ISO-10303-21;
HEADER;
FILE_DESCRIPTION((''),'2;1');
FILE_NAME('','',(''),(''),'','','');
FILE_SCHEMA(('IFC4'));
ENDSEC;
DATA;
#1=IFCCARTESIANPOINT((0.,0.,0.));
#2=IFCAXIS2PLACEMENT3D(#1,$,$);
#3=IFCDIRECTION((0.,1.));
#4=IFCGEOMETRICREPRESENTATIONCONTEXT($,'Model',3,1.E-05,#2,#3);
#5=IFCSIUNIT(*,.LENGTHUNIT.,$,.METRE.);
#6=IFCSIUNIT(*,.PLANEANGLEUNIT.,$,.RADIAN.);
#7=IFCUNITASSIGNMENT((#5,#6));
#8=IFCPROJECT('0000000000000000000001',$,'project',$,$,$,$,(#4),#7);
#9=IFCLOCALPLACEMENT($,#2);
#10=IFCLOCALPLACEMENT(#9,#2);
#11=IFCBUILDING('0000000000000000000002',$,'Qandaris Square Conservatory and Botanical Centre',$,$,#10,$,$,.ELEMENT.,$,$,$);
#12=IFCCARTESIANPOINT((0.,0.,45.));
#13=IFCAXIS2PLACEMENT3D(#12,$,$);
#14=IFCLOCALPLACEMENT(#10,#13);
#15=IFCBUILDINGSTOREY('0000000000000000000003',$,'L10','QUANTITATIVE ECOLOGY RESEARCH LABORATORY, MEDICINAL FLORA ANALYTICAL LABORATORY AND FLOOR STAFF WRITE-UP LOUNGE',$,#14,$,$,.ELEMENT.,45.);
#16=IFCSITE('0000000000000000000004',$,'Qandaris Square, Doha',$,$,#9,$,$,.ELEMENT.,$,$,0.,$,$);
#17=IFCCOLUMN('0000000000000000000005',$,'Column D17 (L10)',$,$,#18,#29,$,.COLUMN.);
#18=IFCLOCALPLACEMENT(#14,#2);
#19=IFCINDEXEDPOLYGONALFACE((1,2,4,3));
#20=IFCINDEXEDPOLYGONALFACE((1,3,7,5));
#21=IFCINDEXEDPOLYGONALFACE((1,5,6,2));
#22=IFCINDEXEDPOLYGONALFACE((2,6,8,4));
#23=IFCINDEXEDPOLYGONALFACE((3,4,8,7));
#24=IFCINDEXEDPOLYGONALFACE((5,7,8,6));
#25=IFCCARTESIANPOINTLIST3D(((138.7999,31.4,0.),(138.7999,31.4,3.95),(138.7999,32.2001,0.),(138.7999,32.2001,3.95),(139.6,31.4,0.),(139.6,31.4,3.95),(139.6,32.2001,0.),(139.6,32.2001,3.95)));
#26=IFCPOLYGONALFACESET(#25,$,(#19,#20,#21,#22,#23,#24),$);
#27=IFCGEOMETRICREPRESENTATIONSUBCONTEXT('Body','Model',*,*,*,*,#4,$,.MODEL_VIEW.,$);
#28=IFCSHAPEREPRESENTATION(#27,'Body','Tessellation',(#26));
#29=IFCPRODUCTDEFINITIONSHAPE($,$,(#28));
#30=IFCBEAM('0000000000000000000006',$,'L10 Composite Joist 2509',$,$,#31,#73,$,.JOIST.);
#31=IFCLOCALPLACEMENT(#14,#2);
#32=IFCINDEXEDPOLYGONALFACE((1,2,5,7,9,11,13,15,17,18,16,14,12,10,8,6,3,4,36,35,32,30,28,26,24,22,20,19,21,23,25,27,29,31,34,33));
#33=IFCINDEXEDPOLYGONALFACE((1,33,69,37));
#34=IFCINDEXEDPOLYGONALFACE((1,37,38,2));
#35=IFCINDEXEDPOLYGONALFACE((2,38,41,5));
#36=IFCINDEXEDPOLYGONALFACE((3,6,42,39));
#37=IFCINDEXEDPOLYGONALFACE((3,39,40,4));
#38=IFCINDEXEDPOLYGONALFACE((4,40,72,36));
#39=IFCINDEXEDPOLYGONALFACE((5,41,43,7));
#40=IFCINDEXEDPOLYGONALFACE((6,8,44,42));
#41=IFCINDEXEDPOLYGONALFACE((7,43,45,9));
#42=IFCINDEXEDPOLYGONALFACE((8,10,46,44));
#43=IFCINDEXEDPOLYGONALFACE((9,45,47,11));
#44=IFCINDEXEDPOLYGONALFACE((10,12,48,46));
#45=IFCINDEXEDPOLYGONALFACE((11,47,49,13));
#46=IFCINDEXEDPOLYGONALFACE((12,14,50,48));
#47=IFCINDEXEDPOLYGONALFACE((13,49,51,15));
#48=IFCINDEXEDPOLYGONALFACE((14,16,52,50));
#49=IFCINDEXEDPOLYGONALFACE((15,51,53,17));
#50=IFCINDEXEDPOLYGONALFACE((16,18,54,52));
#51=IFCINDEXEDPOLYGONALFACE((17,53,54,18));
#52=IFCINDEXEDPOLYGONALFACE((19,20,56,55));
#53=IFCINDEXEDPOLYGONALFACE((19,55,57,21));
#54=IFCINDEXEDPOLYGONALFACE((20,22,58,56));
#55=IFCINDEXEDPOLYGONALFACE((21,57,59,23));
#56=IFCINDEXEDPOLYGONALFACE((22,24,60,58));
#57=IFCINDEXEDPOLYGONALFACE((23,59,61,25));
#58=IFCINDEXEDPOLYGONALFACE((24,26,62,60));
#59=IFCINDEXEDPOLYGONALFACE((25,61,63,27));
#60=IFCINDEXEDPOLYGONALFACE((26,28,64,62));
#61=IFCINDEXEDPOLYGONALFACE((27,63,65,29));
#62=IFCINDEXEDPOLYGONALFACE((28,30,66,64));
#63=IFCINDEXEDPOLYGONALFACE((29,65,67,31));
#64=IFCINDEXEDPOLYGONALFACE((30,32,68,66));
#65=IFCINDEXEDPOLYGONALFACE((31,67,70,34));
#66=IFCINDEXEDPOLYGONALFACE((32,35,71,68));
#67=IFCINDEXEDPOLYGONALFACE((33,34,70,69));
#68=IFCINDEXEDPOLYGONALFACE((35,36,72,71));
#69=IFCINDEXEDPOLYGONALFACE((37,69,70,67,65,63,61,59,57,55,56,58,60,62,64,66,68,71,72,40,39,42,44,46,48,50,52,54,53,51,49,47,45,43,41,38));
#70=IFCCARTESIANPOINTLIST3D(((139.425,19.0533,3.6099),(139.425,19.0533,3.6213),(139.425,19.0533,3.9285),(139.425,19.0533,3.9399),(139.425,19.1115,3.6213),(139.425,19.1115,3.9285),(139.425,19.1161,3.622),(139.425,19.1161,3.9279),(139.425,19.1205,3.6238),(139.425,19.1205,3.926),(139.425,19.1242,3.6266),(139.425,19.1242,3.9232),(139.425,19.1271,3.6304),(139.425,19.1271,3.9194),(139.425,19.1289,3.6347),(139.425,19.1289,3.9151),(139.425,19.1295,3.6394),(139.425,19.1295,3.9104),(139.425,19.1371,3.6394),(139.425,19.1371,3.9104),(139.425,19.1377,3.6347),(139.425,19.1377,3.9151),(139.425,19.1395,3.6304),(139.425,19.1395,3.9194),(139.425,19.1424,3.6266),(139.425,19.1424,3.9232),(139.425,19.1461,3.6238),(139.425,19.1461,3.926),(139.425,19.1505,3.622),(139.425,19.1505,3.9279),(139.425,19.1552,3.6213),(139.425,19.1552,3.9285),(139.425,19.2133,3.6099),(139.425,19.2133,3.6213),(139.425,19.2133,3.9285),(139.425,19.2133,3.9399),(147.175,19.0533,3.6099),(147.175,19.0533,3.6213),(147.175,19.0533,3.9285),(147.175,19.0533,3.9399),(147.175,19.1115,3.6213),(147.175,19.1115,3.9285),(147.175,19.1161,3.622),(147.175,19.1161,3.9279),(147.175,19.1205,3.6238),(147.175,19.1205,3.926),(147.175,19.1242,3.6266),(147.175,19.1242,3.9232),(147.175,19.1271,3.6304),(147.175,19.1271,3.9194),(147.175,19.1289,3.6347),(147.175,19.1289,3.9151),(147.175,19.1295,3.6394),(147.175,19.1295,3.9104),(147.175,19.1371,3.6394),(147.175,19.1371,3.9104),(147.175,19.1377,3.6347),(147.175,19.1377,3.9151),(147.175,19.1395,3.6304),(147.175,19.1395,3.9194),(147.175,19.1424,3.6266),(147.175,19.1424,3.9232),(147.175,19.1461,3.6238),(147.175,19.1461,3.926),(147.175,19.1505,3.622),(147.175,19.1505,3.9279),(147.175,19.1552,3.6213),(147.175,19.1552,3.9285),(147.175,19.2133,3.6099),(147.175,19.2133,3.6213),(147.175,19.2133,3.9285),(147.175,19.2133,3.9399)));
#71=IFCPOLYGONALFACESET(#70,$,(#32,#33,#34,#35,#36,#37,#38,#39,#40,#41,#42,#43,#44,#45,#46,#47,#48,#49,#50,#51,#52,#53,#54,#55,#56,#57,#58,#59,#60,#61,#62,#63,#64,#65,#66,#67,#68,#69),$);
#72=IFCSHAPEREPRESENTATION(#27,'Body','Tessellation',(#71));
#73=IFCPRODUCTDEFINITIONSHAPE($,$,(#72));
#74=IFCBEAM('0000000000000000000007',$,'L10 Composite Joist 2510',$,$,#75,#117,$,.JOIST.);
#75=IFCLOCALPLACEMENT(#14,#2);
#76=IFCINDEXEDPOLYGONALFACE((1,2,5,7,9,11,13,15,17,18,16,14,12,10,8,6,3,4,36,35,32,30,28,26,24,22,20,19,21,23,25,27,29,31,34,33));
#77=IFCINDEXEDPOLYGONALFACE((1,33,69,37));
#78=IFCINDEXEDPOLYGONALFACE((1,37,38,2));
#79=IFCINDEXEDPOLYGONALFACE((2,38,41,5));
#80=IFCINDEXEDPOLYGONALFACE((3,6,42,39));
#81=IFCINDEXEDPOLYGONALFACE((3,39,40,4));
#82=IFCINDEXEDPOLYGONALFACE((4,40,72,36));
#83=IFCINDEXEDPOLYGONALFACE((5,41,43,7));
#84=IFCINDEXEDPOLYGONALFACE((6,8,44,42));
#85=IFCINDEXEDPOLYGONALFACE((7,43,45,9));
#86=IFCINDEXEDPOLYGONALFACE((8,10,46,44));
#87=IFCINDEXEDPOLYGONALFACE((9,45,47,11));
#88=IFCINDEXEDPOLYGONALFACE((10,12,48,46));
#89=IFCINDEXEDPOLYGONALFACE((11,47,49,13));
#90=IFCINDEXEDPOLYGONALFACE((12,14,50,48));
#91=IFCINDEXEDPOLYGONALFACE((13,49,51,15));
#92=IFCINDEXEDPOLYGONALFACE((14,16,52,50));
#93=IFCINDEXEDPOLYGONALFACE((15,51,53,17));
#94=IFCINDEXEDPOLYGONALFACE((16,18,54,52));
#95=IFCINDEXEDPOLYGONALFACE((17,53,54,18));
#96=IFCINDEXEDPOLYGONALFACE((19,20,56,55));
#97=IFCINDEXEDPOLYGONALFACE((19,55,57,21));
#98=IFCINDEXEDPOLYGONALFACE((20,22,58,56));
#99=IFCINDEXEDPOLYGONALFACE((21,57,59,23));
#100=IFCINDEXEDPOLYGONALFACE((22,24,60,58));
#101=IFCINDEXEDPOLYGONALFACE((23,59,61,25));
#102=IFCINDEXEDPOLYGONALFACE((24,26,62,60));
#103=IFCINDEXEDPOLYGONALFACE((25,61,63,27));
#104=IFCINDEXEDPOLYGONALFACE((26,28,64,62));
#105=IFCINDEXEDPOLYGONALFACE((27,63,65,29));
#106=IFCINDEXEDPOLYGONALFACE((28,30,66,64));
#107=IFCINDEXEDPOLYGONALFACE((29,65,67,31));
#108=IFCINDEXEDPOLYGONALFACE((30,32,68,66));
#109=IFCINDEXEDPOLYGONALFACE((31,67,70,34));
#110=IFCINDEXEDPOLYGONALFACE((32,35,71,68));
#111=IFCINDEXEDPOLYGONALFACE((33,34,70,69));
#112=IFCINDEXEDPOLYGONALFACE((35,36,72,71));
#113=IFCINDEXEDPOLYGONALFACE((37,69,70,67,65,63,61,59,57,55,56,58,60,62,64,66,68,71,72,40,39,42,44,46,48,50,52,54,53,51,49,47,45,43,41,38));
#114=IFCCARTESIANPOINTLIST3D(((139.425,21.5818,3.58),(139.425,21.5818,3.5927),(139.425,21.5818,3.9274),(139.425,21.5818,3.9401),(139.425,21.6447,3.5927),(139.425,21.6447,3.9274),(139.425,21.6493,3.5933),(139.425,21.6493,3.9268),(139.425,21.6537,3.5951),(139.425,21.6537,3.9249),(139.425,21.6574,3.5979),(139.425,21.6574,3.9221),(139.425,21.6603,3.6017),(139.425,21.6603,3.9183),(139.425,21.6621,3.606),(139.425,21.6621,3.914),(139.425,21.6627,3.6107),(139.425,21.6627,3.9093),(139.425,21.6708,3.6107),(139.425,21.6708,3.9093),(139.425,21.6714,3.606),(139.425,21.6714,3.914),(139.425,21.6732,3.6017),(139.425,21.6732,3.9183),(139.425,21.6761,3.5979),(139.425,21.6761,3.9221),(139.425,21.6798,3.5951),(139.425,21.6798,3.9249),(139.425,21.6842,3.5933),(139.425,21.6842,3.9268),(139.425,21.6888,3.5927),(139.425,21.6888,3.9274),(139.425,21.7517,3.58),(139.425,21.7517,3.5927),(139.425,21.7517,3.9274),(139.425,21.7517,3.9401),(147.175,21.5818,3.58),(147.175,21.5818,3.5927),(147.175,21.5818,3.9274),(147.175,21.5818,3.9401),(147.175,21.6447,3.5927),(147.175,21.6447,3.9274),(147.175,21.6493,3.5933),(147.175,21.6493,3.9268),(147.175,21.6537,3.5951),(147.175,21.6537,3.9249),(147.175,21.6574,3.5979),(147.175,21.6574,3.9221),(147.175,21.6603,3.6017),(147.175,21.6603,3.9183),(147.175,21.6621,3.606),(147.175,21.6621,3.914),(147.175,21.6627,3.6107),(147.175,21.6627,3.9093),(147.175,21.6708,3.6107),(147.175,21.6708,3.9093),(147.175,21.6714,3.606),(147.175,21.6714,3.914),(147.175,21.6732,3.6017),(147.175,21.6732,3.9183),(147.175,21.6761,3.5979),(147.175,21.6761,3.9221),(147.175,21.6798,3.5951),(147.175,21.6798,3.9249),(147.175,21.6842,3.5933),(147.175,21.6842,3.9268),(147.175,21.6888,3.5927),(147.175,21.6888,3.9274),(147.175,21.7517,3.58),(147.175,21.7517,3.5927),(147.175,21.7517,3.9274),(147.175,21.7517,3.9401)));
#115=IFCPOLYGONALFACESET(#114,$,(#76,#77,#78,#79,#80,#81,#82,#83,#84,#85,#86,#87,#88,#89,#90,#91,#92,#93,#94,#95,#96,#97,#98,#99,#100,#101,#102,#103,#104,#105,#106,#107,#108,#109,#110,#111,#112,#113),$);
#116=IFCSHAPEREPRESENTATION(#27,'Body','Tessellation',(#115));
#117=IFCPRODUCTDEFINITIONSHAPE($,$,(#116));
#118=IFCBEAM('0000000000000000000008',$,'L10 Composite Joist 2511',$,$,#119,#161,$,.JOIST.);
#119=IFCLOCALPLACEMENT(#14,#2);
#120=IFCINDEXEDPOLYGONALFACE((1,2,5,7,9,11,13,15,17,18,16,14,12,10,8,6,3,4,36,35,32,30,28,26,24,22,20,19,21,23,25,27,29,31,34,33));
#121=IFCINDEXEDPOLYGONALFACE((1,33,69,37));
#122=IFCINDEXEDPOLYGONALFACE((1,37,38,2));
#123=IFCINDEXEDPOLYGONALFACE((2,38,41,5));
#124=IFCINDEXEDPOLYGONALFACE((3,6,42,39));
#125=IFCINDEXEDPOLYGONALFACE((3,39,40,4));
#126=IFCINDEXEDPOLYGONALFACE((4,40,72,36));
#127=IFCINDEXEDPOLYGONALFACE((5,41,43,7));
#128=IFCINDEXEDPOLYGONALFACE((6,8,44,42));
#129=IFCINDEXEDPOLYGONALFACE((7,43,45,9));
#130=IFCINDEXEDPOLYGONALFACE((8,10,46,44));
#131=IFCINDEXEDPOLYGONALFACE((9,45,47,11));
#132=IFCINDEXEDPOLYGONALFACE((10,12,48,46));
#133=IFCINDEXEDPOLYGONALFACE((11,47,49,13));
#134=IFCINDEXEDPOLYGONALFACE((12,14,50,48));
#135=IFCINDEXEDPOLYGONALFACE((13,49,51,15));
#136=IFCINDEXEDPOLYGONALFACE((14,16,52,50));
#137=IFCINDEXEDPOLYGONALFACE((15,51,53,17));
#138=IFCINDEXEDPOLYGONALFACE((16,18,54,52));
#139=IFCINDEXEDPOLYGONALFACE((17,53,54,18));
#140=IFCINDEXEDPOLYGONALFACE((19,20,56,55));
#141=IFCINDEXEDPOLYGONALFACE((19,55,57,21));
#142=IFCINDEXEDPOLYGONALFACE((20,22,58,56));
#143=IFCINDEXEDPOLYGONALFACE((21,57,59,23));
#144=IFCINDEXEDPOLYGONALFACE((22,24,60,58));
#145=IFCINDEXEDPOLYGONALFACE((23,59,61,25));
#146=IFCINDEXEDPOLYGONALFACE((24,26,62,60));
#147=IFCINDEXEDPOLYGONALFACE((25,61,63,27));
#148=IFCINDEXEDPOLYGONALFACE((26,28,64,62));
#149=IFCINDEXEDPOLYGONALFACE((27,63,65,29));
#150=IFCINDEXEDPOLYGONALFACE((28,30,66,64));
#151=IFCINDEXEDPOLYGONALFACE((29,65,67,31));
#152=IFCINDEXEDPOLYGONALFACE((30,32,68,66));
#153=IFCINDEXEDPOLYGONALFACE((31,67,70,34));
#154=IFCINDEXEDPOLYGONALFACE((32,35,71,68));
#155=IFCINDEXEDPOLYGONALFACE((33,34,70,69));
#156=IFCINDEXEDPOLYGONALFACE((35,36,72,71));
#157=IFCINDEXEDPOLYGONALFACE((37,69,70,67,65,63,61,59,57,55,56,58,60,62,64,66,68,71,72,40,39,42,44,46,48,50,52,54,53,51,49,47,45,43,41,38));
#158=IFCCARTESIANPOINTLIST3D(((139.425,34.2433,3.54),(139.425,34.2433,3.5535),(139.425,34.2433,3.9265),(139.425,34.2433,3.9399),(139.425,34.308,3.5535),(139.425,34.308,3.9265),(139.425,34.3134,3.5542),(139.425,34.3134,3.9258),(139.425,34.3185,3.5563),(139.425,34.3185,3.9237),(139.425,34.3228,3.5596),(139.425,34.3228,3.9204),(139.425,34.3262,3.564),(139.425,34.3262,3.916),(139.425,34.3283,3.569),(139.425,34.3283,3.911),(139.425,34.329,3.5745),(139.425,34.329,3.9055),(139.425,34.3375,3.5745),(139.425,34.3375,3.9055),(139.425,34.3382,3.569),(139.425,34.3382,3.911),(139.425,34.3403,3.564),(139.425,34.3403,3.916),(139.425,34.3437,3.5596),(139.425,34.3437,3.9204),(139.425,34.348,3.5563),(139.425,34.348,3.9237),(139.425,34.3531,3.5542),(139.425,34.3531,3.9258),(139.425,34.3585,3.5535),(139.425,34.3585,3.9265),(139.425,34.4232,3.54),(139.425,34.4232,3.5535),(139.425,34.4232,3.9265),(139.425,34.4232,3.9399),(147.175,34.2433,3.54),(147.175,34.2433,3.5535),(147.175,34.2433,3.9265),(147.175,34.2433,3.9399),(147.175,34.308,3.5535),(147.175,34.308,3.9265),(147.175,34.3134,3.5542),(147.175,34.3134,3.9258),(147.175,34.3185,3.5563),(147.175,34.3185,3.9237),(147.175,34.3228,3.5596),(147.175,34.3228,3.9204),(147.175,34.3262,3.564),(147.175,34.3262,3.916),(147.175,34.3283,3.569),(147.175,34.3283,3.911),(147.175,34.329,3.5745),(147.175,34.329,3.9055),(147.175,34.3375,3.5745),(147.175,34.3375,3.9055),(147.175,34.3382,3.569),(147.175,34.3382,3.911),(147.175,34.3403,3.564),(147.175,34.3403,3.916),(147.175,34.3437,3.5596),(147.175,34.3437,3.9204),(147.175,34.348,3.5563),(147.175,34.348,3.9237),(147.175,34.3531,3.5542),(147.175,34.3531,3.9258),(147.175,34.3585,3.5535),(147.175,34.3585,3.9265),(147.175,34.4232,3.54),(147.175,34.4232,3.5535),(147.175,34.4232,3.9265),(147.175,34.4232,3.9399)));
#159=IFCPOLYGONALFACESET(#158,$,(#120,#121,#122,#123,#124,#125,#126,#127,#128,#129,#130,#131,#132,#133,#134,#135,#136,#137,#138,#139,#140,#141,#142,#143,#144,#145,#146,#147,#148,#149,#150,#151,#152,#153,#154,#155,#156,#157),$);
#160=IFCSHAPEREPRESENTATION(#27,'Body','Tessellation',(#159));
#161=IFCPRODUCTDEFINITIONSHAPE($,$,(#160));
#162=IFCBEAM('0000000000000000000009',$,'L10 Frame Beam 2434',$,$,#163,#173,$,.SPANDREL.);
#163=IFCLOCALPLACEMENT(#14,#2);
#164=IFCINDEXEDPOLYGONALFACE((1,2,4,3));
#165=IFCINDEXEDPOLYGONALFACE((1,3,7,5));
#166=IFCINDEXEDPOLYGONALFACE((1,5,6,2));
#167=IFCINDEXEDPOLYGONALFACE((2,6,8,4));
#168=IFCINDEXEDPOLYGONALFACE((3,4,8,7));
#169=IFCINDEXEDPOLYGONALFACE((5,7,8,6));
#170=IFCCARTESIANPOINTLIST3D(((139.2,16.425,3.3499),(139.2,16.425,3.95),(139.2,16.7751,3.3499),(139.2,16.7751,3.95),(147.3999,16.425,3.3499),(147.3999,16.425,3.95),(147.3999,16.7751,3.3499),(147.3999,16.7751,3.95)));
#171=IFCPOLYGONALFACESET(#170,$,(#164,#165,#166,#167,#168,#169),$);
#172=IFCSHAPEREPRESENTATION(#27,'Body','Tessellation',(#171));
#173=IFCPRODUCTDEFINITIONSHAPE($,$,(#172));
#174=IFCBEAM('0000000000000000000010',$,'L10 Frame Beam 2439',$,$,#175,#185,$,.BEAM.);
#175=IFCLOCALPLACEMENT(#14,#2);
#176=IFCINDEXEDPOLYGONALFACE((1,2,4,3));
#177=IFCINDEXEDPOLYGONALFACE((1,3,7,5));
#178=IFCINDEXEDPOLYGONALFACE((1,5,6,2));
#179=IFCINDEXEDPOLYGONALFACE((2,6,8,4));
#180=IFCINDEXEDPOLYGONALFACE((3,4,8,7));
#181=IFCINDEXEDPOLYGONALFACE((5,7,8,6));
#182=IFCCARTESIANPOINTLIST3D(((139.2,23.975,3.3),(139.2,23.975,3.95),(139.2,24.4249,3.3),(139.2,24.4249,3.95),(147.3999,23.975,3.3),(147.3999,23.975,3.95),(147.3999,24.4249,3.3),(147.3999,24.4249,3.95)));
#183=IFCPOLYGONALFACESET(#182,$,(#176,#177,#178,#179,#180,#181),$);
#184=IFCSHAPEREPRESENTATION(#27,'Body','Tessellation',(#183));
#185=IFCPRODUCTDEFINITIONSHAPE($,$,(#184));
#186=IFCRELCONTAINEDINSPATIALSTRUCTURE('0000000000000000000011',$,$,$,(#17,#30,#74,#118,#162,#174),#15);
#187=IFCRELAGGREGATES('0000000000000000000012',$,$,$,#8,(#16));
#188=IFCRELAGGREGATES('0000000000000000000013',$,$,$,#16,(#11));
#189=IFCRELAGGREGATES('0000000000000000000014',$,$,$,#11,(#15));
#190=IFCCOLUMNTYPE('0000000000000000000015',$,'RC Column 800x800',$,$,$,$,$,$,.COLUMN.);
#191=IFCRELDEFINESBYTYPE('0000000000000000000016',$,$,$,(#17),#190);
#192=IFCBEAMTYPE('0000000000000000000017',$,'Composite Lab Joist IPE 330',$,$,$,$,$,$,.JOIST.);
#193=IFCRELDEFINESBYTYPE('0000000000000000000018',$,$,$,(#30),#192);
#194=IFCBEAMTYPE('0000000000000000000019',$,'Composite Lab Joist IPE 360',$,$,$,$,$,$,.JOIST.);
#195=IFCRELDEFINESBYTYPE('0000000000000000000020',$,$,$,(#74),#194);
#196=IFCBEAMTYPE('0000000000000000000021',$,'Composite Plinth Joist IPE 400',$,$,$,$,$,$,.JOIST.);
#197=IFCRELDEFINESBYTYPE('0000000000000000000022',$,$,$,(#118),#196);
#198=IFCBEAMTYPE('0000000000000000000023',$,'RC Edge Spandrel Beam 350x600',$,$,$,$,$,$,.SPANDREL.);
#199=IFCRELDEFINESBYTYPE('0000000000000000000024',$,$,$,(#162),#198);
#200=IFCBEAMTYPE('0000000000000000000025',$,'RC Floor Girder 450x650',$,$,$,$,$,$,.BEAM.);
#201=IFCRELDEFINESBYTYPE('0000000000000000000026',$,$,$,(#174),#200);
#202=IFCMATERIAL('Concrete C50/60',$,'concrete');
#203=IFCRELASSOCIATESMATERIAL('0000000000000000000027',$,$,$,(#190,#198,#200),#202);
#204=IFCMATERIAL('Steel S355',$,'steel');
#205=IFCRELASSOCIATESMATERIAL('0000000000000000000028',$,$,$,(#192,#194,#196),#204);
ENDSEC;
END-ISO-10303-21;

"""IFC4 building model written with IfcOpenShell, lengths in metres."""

from ifc_helpers import new_model, si_unit, direction, frame, origin, origin_2d, place, context, subcontext, project, spatial, rectangle, i_section, extrude, material, material_profile, profile_set, type_object, element, save


model = new_model("IFC4")

# Units and contexts
model_context = context("Model", 3, precision=1e-05, world=origin(), true_north=direction((0.0, 1.0)))
body_context = subcontext(model_context, "Body", "Model", "MODEL_VIEW")
ifc_project = project(units=[si_unit("LENGTHUNIT", "METRE"), si_unit("PLANEANGLEUNIT", "RADIAN")], contexts=[model_context])

# Site, building, storey
site_placement = place(None, origin())
site = spatial("IfcSite", under=ifc_project, at=site_placement, Name="Qandaris Square, Doha", CompositionType="ELEMENT", RefElevation=0.0)
building_placement = place(site_placement, origin())
building = spatial("IfcBuilding", under=site, at=building_placement, Name="Qandaris Square Conservatory and Botanical Centre", CompositionType="ELEMENT")
storey_placement = place(building_placement, frame((0.0, 0.0, 45.0)))
storey = spatial("IfcBuildingStorey", under=building, at=storey_placement, Name="L10", Description="QUANTITATIVE ECOLOGY RESEARCH LABORATORY, MEDICINAL FLORA ANALYTICAL LABORATORY AND FLOOR STAFF WRITE-UP LOUNGE", CompositionType="ELEMENT", Elevation=45.0)

# Column
ifc_material_1 = material(Name="Concrete C50/60", Category="concrete")
ifc_material_profile_1 = material_profile(ifc_material_1, rectangle(XDim=0.8, YDim=0.8, at=origin_2d()), Name="RC-COL 800x800")
ifc_profile_set_1 = profile_set([ifc_material_profile_1], Name="Concrete C50/60")
column_type = type_object("IfcColumnType", Name="RC Column 800x800", PredefinedType="COLUMN", material=ifc_profile_set_1)
column_placement = place(storey_placement, frame((139.2, 31.8, 0.0), z_axis=(0.0, 0.0, 1.0), x_axis=(1.0, 0.0, 0.0)))
element("IfcColumn", 1, at=column_placement, inside=storey, type_object=column_type, Name="Column D17 (L10)", PredefinedType="COLUMN", context=body_context, shape_type="SweptSolid", body=[
    extrude(rectangle(XDim=0.8, YDim=0.8, at=origin_2d()), origin(), (0.0, 0.0, 1.0), 3.95),
])

# Beams
ifc_material_2 = material(Name="Steel S355", Category="steel")
ifc_material_profile_2 = material_profile(ifc_material_2, i_section(OverallWidth=0.1599, OverallDepth=0.3301, WebThickness=0.0076, FlangeThickness=0.0115, FilletRadius=0.0181, at=origin_2d()), Name="IPE 330")
ifc_profile_set_2 = profile_set([ifc_material_profile_2], Name="Steel S355")
beam_type_1 = type_object("IfcBeamType", Name="Composite Lab Joist IPE 330", PredefinedType="JOIST", material=ifc_profile_set_2)
beam_1_placement = place(storey_placement, frame((139.425, 19.1333, 3.7749), z_axis=(1.0, 0.0, 0.0), x_axis=(0.0, 1.0, 0.0)))
element("IfcBeam", 2, at=beam_1_placement, inside=storey, type_object=beam_type_1, Name="L10 Composite Joist 2509", PredefinedType="JOIST", context=body_context, shape_type="SweptSolid", body=[
    extrude(i_section(OverallWidth=0.1599, OverallDepth=0.3301, WebThickness=0.0076, FlangeThickness=0.0115, FilletRadius=0.0181, at=origin_2d()), origin(), (0.0, 0.0, 1.0), 7.75),
])
ifc_material_profile_3 = material_profile(ifc_material_2, i_section(OverallWidth=0.1699, OverallDepth=0.3601, WebThickness=0.0081, FlangeThickness=0.0127, FilletRadius=0.0181, at=origin_2d()), Name="IPE 360")
ifc_profile_set_3 = profile_set([ifc_material_profile_3], Name="Steel S355")
beam_type_2 = type_object("IfcBeamType", Name="Composite Lab Joist IPE 360", PredefinedType="JOIST", material=ifc_profile_set_3)
beam_2_placement = place(storey_placement, frame((139.425, 21.6667, 3.76), z_axis=(1.0, 0.0, 0.0), x_axis=(0.0, 1.0, 0.0)))
element("IfcBeam", 3, at=beam_2_placement, inside=storey, type_object=beam_type_2, Name="L10 Composite Joist 2510", PredefinedType="JOIST", context=body_context, shape_type="SweptSolid", body=[
    extrude(i_section(OverallWidth=0.1699, OverallDepth=0.3601, WebThickness=0.0081, FlangeThickness=0.0127, FilletRadius=0.0181, at=origin_2d()), origin(), (0.0, 0.0, 1.0), 7.75),
])
ifc_material_profile_4 = material_profile(ifc_material_2, i_section(OverallWidth=0.1799, OverallDepth=0.3999, WebThickness=0.0085, FlangeThickness=0.0134, FilletRadius=0.021, at=origin_2d()), Name="IPE 400")
ifc_profile_set_4 = profile_set([ifc_material_profile_4], Name="Steel S355")
beam_type_3 = type_object("IfcBeamType", Name="Composite Plinth Joist IPE 400", PredefinedType="JOIST", material=ifc_profile_set_4)
beam_3_placement = place(storey_placement, frame((139.425, 34.3333, 3.74), z_axis=(1.0, 0.0, 0.0), x_axis=(0.0, 1.0, 0.0)))
element("IfcBeam", 4, at=beam_3_placement, inside=storey, type_object=beam_type_3, Name="L10 Composite Joist 2511", PredefinedType="JOIST", context=body_context, shape_type="SweptSolid", body=[
    extrude(i_section(OverallWidth=0.1799, OverallDepth=0.3999, WebThickness=0.0085, FlangeThickness=0.0134, FilletRadius=0.021, at=origin_2d()), origin(), (0.0, 0.0, 1.0), 7.75),
])
ifc_material_profile_5 = material_profile(ifc_material_1, rectangle(XDim=0.3501, YDim=0.6001, at=origin_2d()), Name="RC-SP 350x600")
ifc_profile_set_5 = profile_set([ifc_material_profile_5], Name="Concrete C50/60")
beam_type_4 = type_object("IfcBeamType", Name="RC Edge Spandrel Beam 350x600", PredefinedType="SPANDREL", material=ifc_profile_set_5)
beam_4_placement = place(storey_placement, frame((139.2, 16.6001, 3.6499), z_axis=(1.0, 0.0, 0.0), x_axis=(0.0, 1.0, 0.0)))
element("IfcBeam", 5, at=beam_4_placement, inside=storey, type_object=beam_type_4, Name="L10 Frame Beam 2434", PredefinedType="SPANDREL", context=body_context, shape_type="SweptSolid", body=[
    extrude(rectangle(XDim=0.3501, YDim=0.6001, at=origin_2d()), origin(), (0.0, 0.0, 1.0), 8.2),
])
ifc_material_profile_6 = material_profile(ifc_material_1, rectangle(XDim=0.45, YDim=0.6499, at=origin_2d()), Name="RC-BM 450x650")
ifc_profile_set_6 = profile_set([ifc_material_profile_6], Name="Concrete C50/60")
beam_type_5 = type_object("IfcBeamType", Name="RC Floor Girder 450x650", PredefinedType="BEAM", material=ifc_profile_set_6)
for number, where, z_axis, x_axis, name in (
    (6, (139.2, 24.2, 3.625), (1.0, 0.0, 0.0), (0.0, 1.0, 0.0), "L10 Frame Beam 2439"),
):
    element("IfcBeam", number, at=place(storey_placement, frame(where, z_axis=z_axis, x_axis=x_axis)), inside=storey, type_object=beam_type_5, Name=name, PredefinedType="BEAM", context=body_context, shape_type="SweptSolid", body=[
        extrude(rectangle(XDim=0.45, YDim=0.6499, at=origin_2d()), origin(), (0.0, 0.0, 1.0), 8.2),
    ])

save(model, "model.ifc")
